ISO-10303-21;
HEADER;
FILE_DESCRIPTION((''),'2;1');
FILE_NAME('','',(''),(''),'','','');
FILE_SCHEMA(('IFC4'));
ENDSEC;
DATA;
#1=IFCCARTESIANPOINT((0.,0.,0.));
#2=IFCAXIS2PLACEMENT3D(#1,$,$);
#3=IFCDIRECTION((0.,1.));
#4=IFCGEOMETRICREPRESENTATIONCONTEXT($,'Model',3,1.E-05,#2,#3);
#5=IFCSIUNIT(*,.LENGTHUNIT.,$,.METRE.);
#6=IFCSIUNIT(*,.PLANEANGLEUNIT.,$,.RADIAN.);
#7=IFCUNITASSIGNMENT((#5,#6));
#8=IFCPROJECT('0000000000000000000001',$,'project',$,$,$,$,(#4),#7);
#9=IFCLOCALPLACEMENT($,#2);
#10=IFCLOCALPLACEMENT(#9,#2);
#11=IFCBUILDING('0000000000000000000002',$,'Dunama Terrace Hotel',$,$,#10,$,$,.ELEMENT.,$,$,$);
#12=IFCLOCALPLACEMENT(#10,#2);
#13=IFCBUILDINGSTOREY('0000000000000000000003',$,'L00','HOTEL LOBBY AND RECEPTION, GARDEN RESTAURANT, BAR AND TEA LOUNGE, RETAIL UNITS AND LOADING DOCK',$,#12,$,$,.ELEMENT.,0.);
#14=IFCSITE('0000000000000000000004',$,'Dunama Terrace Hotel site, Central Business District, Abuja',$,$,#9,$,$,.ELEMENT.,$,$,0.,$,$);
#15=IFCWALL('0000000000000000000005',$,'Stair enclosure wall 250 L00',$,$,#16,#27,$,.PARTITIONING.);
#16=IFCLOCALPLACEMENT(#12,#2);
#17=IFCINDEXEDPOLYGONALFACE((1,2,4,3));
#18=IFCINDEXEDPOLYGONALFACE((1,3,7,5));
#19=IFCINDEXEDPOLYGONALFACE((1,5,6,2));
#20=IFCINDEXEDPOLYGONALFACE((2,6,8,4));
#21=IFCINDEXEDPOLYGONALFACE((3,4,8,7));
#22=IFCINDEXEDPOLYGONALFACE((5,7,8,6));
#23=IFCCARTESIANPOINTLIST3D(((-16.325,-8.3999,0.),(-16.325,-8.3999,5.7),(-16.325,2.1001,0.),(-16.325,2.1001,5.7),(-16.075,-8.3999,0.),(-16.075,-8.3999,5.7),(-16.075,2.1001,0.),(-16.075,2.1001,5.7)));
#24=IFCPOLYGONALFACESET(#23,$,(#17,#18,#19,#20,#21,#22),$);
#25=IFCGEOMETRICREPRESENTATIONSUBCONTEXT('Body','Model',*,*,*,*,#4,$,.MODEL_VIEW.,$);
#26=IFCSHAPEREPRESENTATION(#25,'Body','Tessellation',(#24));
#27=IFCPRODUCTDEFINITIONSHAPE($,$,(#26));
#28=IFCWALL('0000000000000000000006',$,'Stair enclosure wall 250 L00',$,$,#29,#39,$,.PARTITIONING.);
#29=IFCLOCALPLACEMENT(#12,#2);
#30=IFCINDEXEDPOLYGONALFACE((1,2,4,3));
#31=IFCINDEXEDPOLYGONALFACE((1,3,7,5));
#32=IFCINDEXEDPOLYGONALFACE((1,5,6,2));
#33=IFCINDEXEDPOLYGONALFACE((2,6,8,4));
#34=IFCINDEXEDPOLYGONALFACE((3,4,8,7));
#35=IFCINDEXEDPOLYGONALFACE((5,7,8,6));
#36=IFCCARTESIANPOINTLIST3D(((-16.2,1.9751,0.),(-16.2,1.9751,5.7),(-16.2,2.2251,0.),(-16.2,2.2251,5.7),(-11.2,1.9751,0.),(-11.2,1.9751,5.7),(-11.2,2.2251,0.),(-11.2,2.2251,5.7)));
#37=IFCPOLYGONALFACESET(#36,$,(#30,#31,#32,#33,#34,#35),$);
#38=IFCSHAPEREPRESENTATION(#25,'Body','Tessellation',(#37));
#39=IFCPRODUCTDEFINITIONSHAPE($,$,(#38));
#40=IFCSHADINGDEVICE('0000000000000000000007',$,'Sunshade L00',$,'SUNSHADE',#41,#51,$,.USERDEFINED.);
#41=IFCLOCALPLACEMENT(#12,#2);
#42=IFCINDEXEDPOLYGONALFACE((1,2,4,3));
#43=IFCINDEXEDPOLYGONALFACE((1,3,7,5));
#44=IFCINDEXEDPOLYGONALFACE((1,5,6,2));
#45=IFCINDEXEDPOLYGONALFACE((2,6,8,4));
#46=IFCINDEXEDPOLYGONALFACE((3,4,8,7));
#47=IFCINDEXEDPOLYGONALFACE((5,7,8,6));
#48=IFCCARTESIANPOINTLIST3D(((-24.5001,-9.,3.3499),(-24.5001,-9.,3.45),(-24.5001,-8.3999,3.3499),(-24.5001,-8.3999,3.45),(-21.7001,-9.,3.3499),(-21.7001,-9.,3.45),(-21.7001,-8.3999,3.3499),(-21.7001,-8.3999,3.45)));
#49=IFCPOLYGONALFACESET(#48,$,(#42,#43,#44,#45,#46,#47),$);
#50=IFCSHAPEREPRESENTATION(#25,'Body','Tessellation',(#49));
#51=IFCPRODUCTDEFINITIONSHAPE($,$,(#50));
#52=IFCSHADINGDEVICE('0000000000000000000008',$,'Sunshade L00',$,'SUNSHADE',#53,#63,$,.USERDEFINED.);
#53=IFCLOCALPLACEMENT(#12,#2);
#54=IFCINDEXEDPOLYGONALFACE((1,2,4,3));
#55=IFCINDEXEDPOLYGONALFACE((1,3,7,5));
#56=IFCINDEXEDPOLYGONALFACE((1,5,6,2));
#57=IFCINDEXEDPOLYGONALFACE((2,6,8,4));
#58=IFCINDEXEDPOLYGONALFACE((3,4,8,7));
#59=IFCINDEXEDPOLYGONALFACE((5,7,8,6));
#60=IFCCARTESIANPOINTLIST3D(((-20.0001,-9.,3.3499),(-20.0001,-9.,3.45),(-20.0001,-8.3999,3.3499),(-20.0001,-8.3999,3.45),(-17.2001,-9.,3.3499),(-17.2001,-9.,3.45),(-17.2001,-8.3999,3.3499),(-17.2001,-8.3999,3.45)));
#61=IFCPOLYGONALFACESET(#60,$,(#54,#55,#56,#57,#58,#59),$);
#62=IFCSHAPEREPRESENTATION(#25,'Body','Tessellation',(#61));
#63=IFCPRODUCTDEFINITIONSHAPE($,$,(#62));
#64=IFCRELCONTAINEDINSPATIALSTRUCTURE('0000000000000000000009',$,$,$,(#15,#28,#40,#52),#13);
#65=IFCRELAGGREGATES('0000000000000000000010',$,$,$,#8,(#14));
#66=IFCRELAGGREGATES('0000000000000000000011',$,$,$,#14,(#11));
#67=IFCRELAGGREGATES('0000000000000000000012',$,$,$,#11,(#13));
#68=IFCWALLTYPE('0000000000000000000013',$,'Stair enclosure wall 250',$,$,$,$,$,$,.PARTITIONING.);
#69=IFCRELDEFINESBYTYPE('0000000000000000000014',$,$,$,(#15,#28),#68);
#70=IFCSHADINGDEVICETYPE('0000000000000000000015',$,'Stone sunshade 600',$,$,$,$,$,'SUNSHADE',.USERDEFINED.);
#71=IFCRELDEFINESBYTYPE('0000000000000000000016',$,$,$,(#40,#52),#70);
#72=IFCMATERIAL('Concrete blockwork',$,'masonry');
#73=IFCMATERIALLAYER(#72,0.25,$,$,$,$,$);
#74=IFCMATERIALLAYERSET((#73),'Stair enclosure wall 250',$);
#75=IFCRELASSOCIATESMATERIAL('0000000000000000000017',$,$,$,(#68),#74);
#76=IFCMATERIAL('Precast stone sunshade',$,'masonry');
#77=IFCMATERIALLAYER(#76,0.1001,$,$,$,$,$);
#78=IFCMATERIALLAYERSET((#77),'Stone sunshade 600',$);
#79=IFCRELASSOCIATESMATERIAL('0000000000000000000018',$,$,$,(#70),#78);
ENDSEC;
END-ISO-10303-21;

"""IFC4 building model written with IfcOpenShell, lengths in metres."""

from ifc_helpers import new_model, si_unit, direction, frame, frame_2d, origin, origin_2d, place, context, subcontext, project, spatial, rectangle, extrude, material, layer, layer_set, type_object, element, save


model = new_model("IFC4")

# Units and contexts
model_context = context("Model", 3, precision=1e-05, world=origin(), true_north=direction((0.0, 1.0)))
body_context = subcontext(model_context, "Body", "Model", "MODEL_VIEW")
ifc_project = project(units=[si_unit("LENGTHUNIT", "METRE"), si_unit("PLANEANGLEUNIT", "RADIAN")], contexts=[model_context])

# Site, building, storey
site_placement = place(None, origin())
site = spatial("IfcSite", under=ifc_project, at=site_placement, Name="Dunama Terrace Hotel site, Central Business District, Abuja", CompositionType="ELEMENT", RefElevation=0.0)
building_placement = place(site_placement, origin())
building = spatial("IfcBuilding", under=site, at=building_placement, Name="Dunama Terrace Hotel", CompositionType="ELEMENT")
storey_placement = place(building_placement, origin())
storey = spatial("IfcBuildingStorey", under=building, at=storey_placement, Name="L00", Description="HOTEL LOBBY AND RECEPTION, GARDEN RESTAURANT, BAR AND TEA LOUNGE, RETAIL UNITS AND LOADING DOCK", CompositionType="ELEMENT", Elevation=0.0)

# Walls
ifc_material_1 = material(Name="Concrete blockwork", Category="masonry")
ifc_layer_1 = layer(ifc_material_1, 0.25)
ifc_layer_set_1 = layer_set([ifc_layer_1], Name="Stair enclosure wall 250")
wall_type_1 = type_object("IfcWallType", Name="Stair enclosure wall 250", PredefinedType="PARTITIONING", material=ifc_layer_set_1)
wall_1_placement = place(storey_placement, frame((-16.2, -8.3999, 0.0), z_axis=(0.0, 0.0, 1.0), x_axis=(0.0, 1.0, 0.0)))
element("IfcWall", 1, at=wall_1_placement, inside=storey, type_object=wall_type_1, Name="Stair enclosure wall 250 L00", PredefinedType="PARTITIONING", context=body_context, shape_type="SweptSolid", body=[
    extrude(rectangle(XDim=10.5, YDim=0.25, at=frame_2d((5.25, 0.0))), origin(), (0.0, 0.0, 1.0), 5.7),
])
wall_2_placement = place(storey_placement, frame((-16.2, 2.1001, 0.0), z_axis=(0.0, 0.0, 1.0), x_axis=(1.0, 0.0, 0.0)))
element("IfcWall", 2, at=wall_2_placement, inside=storey, type_object=wall_type_1, Name="Stair enclosure wall 250 L00", PredefinedType="PARTITIONING", context=body_context, shape_type="SweptSolid", body=[
    extrude(rectangle(XDim=5.0, YDim=0.25, at=frame_2d((2.5, 0.0))), origin(), (0.0, 0.0, 1.0), 5.7),
])

# Shading devices
ifc_material_2 = material(Name="Precast stone sunshade", Category="masonry")
ifc_layer_2 = layer(ifc_material_2, 0.1001)
ifc_layer_set_2 = layer_set([ifc_layer_2], Name="Stone sunshade 600")
shading_device_type = type_object("IfcShadingDeviceType", Name="Stone sunshade 600", ElementType="SUNSHADE", PredefinedType="USERDEFINED", material=ifc_layer_set_2)
for number, where, z_axis, x_axis, name in (
    (3, (-23.1001, -8.7, 3.3499), (0.0, 0.0, 1.0), (1.0, 0.0, 0.0), "Sunshade L00"),
    (4, (-18.6001, -8.7, 3.3499), (0.0, 0.0, 1.0), (1.0, 0.0, 0.0), "Sunshade L00"),
):
    element("IfcShadingDevice", number, at=place(storey_placement, frame(where, z_axis=z_axis, x_axis=x_axis)), inside=storey, type_object=shading_device_type, Name=name, ObjectType="SUNSHADE", PredefinedType="USERDEFINED", context=body_context, shape_type="SweptSolid", body=[
        extrude(rectangle(XDim=2.8, YDim=0.6001, at=origin_2d()), origin(), (0.0, 0.0, 1.0), 0.1001),
    ])

save(model, "model.ifc")
